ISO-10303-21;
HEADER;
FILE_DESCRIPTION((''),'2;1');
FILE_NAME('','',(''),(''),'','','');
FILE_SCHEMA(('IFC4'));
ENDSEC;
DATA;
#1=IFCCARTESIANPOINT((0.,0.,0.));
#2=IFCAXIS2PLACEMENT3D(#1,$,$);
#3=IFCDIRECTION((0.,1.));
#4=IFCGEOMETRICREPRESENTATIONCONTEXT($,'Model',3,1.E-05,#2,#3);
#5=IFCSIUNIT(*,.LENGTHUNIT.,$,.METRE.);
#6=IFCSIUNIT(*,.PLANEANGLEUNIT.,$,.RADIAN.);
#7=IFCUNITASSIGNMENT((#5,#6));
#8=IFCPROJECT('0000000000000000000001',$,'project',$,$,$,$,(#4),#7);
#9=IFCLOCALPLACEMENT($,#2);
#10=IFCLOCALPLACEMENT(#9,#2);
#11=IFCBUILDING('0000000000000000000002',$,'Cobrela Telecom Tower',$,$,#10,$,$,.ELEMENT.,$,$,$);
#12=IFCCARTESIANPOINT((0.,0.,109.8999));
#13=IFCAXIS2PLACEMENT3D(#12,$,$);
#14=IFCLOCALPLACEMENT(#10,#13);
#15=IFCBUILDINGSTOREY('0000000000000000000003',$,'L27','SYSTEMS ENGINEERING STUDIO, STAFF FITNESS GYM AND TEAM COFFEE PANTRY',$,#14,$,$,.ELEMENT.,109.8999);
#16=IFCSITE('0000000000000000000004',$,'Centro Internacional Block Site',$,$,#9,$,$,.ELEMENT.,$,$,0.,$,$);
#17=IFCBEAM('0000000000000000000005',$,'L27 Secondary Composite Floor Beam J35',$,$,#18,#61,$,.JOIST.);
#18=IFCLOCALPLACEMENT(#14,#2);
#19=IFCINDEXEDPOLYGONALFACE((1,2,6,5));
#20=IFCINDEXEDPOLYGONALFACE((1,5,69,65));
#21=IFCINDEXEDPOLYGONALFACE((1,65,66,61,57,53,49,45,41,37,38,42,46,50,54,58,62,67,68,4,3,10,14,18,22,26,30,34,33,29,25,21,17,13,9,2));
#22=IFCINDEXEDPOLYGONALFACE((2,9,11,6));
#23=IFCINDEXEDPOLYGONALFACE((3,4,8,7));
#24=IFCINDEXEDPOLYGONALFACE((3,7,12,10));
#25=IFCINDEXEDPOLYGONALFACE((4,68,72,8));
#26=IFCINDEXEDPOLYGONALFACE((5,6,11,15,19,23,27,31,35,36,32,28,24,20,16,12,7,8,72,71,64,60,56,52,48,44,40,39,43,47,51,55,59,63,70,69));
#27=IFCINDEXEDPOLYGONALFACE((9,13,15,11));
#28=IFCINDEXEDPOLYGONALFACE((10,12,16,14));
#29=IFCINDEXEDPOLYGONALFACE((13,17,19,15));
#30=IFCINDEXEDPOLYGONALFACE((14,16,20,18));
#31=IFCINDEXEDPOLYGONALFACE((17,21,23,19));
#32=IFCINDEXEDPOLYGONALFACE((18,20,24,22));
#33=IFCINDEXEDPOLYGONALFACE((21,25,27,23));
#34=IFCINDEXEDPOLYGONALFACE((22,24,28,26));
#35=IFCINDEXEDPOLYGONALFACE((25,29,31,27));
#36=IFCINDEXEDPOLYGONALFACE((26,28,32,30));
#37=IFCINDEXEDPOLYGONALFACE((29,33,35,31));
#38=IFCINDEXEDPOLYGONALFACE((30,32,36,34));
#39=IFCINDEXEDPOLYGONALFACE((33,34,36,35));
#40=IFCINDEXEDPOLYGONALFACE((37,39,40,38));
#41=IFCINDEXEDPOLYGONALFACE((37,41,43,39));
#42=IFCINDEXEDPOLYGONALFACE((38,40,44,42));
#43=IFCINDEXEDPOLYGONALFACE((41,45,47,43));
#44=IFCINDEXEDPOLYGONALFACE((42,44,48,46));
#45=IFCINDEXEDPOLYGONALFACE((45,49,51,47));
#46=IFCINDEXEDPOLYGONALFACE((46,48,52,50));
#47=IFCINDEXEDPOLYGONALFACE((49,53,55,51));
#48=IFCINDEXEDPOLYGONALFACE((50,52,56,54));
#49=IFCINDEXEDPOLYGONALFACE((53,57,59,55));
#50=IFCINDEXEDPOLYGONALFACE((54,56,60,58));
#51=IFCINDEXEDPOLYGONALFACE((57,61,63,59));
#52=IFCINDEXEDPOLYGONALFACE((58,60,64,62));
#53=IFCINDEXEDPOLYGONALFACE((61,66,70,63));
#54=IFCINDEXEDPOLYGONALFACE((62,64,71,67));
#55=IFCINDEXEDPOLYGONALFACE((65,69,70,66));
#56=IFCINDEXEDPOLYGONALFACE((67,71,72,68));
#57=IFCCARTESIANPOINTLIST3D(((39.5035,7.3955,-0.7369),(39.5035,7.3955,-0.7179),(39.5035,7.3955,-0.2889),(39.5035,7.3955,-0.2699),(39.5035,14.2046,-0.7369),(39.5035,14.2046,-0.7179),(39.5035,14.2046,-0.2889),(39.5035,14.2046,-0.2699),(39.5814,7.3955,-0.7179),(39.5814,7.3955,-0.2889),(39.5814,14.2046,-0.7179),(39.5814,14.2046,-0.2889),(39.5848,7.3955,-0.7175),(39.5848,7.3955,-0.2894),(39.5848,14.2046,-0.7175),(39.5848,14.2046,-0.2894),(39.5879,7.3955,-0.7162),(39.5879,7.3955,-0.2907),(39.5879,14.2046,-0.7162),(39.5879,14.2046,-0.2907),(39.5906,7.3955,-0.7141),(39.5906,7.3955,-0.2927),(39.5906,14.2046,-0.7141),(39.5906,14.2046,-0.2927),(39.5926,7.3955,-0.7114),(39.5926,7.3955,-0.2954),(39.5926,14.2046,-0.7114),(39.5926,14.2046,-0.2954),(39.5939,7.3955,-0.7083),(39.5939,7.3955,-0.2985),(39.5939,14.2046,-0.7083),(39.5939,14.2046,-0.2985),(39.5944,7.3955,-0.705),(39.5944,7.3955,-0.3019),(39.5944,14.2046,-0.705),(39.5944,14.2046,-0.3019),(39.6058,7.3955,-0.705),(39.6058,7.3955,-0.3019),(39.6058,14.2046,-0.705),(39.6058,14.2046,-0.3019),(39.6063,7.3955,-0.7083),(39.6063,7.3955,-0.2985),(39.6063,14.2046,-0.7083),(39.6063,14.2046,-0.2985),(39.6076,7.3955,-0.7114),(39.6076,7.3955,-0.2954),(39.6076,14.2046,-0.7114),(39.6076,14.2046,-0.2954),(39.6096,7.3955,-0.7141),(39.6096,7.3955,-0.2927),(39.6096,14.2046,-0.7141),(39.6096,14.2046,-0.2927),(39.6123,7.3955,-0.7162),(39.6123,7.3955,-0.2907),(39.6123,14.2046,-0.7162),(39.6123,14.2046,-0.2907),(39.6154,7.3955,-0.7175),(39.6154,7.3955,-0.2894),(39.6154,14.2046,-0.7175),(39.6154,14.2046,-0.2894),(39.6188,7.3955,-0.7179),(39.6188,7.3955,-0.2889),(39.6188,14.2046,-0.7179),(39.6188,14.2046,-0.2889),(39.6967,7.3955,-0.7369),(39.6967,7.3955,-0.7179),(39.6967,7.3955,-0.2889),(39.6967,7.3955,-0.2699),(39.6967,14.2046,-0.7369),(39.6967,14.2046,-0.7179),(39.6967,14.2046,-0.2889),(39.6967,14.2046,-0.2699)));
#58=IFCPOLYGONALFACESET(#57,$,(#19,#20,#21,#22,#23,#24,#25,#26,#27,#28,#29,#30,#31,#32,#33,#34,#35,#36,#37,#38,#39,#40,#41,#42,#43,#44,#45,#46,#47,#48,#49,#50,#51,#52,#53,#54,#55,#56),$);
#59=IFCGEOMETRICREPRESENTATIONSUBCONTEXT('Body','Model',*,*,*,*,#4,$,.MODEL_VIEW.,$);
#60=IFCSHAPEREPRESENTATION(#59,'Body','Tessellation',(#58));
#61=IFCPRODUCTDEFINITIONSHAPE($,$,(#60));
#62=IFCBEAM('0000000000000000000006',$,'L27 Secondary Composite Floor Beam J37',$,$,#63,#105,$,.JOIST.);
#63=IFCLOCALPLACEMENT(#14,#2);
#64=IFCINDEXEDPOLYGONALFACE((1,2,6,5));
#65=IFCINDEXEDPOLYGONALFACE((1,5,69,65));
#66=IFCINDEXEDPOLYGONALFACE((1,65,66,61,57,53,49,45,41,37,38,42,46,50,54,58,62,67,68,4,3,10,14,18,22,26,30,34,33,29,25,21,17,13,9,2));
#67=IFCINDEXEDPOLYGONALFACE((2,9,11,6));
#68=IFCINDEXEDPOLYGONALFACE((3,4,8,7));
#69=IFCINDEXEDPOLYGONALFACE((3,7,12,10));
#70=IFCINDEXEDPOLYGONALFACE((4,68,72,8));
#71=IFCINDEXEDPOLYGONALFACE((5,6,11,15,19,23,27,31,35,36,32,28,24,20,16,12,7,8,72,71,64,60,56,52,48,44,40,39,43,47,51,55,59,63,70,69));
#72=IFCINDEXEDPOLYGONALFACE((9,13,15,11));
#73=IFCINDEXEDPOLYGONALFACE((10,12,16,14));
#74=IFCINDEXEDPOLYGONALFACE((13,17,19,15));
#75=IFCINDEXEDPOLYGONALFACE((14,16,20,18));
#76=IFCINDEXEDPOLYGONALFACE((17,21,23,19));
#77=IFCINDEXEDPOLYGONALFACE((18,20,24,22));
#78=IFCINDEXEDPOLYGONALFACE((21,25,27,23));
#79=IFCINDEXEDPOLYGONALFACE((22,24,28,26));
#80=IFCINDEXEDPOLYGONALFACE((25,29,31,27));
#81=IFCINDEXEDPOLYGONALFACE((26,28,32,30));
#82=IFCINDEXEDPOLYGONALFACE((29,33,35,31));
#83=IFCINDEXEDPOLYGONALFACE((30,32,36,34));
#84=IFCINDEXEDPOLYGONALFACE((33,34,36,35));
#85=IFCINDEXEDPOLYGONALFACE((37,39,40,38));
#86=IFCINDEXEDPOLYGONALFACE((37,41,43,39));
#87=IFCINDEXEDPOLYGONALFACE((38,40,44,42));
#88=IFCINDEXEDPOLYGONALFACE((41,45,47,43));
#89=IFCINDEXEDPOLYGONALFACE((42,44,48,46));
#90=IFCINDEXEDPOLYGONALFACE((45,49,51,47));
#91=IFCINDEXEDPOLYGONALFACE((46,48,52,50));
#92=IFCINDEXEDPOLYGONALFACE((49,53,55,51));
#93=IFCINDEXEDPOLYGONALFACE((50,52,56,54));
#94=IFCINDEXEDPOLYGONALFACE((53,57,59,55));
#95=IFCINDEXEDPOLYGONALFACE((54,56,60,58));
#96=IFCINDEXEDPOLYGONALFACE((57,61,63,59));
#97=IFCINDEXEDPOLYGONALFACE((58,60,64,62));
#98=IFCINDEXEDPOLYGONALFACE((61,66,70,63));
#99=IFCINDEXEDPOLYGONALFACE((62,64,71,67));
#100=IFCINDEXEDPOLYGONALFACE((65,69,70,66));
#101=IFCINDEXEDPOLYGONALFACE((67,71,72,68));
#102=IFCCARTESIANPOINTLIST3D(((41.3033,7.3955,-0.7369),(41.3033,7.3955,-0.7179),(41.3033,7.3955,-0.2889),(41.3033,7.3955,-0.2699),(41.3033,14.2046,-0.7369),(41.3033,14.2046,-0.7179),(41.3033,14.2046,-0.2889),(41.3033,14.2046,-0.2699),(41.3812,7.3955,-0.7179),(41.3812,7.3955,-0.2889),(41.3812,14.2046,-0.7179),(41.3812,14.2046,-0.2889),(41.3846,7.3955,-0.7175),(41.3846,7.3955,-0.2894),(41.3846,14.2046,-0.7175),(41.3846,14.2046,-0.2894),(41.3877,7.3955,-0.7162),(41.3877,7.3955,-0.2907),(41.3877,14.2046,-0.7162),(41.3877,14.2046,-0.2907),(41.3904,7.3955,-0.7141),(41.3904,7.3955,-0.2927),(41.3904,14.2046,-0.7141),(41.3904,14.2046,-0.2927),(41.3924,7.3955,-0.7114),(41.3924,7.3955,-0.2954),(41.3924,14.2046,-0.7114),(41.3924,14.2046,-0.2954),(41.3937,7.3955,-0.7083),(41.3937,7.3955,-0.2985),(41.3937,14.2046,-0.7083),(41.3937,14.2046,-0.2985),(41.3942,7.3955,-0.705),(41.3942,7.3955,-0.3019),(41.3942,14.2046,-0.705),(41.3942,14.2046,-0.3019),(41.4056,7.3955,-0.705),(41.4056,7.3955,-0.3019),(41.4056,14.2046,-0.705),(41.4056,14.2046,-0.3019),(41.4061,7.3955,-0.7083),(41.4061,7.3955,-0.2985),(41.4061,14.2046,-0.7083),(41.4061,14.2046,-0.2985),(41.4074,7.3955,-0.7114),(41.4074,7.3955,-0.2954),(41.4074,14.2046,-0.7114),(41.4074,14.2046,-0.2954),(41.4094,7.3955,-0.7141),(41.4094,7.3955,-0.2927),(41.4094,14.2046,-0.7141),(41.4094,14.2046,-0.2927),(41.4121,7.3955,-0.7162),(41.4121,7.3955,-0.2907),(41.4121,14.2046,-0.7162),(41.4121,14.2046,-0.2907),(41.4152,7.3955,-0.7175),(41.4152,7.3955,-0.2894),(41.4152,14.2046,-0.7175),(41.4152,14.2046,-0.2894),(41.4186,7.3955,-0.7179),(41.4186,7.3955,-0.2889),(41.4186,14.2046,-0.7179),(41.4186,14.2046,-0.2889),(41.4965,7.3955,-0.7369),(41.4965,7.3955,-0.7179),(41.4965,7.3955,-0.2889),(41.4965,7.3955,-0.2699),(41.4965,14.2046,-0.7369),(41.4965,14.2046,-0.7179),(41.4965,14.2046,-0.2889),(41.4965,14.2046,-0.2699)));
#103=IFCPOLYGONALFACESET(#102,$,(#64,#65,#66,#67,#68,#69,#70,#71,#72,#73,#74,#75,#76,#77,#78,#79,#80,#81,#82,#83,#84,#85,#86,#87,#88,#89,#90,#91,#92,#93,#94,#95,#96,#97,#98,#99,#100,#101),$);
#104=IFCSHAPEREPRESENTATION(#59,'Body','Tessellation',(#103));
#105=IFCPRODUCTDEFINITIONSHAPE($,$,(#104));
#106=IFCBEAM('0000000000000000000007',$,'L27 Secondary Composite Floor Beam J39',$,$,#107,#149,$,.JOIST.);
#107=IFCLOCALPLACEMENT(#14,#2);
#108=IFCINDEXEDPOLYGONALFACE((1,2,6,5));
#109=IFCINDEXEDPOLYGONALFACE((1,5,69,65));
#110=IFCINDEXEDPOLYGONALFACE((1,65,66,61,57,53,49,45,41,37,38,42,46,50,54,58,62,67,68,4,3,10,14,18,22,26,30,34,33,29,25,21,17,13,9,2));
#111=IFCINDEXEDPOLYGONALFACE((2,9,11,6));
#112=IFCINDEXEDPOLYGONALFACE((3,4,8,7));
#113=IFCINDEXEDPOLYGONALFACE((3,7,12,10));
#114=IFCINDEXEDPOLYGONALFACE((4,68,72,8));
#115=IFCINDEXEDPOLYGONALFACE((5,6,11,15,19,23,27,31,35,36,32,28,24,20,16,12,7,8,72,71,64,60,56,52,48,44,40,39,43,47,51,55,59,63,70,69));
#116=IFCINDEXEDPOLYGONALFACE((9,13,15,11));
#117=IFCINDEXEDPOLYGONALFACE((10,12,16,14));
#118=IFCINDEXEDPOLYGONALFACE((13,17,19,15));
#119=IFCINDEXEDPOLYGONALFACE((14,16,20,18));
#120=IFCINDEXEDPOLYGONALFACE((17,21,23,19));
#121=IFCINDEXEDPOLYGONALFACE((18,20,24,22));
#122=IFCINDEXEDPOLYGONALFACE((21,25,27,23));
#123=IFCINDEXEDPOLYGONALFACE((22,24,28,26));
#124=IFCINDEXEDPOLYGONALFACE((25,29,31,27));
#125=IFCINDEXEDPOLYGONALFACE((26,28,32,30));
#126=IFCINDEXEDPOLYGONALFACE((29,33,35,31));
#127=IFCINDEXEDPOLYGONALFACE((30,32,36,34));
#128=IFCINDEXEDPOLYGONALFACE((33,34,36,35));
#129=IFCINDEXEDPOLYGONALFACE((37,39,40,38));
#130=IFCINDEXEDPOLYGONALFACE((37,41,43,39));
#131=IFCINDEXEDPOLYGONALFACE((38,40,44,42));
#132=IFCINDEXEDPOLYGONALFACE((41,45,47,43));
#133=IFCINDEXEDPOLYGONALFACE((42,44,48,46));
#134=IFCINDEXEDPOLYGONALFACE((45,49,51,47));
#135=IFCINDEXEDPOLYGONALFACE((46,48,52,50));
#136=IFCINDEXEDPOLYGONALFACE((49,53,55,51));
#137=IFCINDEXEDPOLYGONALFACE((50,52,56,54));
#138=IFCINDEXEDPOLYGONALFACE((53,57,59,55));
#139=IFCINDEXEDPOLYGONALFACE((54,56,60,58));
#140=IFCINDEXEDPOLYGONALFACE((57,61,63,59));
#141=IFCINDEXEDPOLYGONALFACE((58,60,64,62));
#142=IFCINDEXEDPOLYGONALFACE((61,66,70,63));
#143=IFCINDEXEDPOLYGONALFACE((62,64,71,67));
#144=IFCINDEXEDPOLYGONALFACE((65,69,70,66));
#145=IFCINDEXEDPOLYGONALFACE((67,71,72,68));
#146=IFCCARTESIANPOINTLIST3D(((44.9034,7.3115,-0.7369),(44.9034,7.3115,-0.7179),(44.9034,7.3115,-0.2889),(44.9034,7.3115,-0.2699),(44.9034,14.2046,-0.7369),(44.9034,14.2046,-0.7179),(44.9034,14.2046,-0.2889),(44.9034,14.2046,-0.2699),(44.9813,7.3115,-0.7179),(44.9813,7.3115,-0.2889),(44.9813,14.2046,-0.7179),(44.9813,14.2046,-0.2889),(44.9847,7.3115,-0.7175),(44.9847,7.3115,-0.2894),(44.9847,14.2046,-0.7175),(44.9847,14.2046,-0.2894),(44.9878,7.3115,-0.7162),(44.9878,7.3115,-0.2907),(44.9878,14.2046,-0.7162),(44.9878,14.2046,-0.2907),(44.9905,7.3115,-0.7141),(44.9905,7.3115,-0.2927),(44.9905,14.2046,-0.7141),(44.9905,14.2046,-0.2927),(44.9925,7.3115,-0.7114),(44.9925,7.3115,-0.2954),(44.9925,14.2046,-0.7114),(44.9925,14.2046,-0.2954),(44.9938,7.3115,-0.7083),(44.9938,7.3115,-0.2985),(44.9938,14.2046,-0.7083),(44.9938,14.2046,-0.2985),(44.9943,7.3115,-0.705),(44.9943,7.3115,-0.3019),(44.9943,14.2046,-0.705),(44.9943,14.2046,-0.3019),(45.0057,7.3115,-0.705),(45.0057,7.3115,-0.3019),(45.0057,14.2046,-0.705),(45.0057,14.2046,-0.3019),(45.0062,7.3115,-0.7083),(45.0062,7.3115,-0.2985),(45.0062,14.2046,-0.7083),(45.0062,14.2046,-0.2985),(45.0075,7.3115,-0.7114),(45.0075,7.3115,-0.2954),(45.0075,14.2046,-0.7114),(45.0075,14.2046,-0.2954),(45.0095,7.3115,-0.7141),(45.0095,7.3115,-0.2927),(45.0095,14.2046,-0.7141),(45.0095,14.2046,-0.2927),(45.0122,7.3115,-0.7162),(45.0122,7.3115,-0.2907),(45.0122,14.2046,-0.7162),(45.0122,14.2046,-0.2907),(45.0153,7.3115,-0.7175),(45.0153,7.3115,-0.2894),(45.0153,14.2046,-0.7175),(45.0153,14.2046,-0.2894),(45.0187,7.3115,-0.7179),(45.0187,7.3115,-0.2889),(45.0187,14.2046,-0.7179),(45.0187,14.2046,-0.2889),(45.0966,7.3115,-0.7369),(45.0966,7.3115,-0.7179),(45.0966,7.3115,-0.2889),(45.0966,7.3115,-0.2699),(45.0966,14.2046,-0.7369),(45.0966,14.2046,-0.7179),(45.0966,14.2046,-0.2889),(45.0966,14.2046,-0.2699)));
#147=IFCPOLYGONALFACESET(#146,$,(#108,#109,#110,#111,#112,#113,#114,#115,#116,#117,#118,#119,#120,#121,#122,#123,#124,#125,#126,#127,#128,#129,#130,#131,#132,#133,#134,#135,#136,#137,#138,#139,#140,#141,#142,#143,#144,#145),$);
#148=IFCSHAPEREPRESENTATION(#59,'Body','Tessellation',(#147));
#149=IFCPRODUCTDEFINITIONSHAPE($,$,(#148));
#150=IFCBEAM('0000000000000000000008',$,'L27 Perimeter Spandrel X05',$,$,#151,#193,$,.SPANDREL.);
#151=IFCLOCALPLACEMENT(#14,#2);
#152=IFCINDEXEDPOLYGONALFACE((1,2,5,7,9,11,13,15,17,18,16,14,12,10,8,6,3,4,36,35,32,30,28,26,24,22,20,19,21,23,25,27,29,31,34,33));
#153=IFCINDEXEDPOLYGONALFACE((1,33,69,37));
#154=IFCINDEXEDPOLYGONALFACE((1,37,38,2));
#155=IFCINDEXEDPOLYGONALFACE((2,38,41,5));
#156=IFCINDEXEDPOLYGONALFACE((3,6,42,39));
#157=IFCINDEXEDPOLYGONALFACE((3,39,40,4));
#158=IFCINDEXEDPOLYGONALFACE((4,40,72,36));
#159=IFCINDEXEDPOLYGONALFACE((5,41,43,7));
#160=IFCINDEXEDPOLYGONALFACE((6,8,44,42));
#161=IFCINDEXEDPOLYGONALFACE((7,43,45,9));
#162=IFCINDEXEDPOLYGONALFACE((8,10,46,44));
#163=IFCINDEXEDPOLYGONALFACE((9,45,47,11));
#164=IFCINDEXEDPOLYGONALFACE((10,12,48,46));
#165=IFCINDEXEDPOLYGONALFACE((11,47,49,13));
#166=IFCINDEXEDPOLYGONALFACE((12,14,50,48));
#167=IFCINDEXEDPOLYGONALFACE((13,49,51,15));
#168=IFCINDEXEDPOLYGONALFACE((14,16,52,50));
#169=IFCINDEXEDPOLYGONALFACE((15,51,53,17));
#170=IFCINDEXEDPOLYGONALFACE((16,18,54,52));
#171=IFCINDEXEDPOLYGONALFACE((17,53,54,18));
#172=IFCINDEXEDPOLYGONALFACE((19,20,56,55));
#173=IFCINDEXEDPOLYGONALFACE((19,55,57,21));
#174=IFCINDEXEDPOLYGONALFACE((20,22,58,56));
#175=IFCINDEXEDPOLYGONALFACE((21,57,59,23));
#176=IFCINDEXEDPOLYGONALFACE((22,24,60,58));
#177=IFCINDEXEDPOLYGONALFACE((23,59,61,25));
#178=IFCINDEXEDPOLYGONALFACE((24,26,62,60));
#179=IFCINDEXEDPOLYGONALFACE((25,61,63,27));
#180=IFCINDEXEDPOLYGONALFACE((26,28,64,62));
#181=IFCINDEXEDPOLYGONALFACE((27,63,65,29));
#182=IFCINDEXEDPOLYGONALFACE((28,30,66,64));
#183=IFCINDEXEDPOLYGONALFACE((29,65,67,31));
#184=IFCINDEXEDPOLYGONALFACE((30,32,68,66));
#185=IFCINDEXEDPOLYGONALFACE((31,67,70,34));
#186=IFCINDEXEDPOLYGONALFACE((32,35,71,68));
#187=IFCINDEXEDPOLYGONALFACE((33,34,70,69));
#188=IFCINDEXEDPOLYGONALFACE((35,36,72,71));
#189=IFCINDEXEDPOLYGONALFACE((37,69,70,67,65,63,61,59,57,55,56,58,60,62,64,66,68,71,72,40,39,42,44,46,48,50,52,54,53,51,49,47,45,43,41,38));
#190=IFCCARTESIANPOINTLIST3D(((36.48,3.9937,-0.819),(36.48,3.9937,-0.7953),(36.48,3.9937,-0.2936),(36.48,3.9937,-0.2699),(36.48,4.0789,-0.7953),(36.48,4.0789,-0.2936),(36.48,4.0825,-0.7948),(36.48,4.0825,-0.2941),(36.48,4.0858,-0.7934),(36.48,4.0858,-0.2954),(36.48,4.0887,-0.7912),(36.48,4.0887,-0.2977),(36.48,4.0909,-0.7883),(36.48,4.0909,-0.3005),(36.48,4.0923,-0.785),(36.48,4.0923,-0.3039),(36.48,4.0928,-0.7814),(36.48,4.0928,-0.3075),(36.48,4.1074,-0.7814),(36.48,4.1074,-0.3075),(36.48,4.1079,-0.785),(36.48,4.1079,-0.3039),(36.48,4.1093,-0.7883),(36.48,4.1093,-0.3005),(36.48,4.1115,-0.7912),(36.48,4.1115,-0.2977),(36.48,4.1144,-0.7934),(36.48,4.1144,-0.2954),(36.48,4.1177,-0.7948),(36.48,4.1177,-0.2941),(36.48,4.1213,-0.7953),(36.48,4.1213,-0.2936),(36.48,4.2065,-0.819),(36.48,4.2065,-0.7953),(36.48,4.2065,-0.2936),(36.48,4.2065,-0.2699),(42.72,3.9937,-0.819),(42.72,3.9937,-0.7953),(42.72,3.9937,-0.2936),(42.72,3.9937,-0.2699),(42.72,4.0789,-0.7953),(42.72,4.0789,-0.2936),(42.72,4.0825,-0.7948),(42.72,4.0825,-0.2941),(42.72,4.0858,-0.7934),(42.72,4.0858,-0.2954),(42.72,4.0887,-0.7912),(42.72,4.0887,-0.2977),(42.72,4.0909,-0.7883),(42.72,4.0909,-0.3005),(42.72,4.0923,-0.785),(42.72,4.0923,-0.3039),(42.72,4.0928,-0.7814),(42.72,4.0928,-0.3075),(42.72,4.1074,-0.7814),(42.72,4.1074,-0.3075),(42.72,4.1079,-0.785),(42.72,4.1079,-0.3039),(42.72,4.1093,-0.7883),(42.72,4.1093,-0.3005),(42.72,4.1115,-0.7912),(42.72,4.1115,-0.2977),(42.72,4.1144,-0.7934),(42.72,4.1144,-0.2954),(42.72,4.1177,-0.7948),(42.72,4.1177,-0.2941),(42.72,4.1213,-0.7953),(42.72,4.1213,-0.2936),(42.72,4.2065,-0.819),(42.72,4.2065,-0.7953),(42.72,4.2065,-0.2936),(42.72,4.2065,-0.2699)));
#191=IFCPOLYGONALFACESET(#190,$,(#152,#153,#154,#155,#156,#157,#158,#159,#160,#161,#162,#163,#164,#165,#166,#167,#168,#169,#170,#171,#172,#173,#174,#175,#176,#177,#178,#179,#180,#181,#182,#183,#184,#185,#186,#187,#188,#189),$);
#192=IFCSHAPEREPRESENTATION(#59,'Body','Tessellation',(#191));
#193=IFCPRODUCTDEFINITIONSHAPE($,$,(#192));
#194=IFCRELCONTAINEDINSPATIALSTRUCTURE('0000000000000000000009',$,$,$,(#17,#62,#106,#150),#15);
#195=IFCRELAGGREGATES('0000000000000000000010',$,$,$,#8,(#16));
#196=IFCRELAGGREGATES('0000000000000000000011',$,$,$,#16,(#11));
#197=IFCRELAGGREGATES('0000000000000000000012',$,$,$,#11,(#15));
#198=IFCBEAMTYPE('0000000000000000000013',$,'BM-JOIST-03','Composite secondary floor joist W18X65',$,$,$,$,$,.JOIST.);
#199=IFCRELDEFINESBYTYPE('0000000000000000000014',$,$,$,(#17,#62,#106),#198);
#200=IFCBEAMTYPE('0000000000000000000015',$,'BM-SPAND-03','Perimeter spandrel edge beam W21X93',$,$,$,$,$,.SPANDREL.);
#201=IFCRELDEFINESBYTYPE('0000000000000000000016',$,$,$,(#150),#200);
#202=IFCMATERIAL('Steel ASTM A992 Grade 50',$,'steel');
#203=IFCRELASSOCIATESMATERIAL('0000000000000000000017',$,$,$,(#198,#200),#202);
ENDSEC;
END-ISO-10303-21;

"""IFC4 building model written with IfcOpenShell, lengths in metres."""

from ifc_helpers import new_model, si_unit, direction, frame, origin, origin_2d, place, context, subcontext, project, spatial, i_section, extrude, material, material_profile, profile_set, type_object, element, save


model = new_model("IFC4")

# Units and contexts
model_context = context("Model", 3, precision=1e-05, world=origin(), true_north=direction((0.0, 1.0)))
body_context = subcontext(model_context, "Body", "Model", "MODEL_VIEW")
ifc_project = project(units=[si_unit("LENGTHUNIT", "METRE"), si_unit("PLANEANGLEUNIT", "RADIAN")], contexts=[model_context])

# Site, building, storey
site_placement = place(None, origin())
site = spatial("IfcSite", under=ifc_project, at=site_placement, Name="Centro Internacional Block Site", CompositionType="ELEMENT", RefElevation=0.0)
building_placement = place(site_placement, origin())
building = spatial("IfcBuilding", under=site, at=building_placement, Name="Cobrela Telecom Tower", CompositionType="ELEMENT")
storey_placement = place(building_placement, frame((0.0, 0.0, 109.8999)))
storey = spatial("IfcBuildingStorey", under=building, at=storey_placement, Name="L27", Description="SYSTEMS ENGINEERING STUDIO, STAFF FITNESS GYM AND TEAM COFFEE PANTRY", CompositionType="ELEMENT", Elevation=109.8999)

# Shared definitions
ifc_material_1 = material(Name="Steel ASTM A992 Grade 50", Category="steel")

# Beams
ifc_material_profile_1 = material_profile(ifc_material_1, i_section(OverallWidth=0.1931, OverallDepth=0.467, WebThickness=0.0115, FlangeThickness=0.019, FilletRadius=0.0129, at=origin_2d()), Name="W18X65")
ifc_profile_set_1 = profile_set([ifc_material_profile_1], Name="Steel ASTM A992 Grade 50")
beam_type_1 = type_object("IfcBeamType", Name="BM-JOIST-03", Description="Composite secondary floor joist W18X65", PredefinedType="JOIST", material=ifc_profile_set_1)
for number, where, z_axis, x_axis, name in (
    (1, (39.6001, 7.3955, -0.5034), (0.0, 1.0, 0.0), (-1.0, 0.0, 0.0), "L27 Secondary Composite Floor Beam J35"),
    (2, (41.3999, 7.3955, -0.5034), (0.0, 1.0, 0.0), (-1.0, 0.0, 0.0), "L27 Secondary Composite Floor Beam J37"),
):
    element("IfcBeam", number, at=place(storey_placement, frame(where, z_axis=z_axis, x_axis=x_axis)), inside=storey, type_object=beam_type_1, Name=name, PredefinedType="JOIST", context=body_context, shape_type="SweptSolid", body=[
        extrude(i_section(OverallWidth=0.1931, OverallDepth=0.467, WebThickness=0.0115, FlangeThickness=0.019, FilletRadius=0.0129, at=origin_2d()), origin(), (0.0, 0.0, 1.0), 6.8091),
    ])
beam_1_placement = place(storey_placement, frame((45.0, 7.3115, -0.5034), z_axis=(0.0, 1.0, 0.0), x_axis=(-1.0, 0.0, 0.0)))
element("IfcBeam", 3, at=beam_1_placement, inside=storey, type_object=beam_type_1, Name="L27 Secondary Composite Floor Beam J39", PredefinedType="JOIST", context=body_context, shape_type="SweptSolid", body=[
    extrude(i_section(OverallWidth=0.1931, OverallDepth=0.467, WebThickness=0.0115, FlangeThickness=0.019, FilletRadius=0.0129, at=origin_2d()), origin(), (0.0, 0.0, 1.0), 6.8931),
])
ifc_material_profile_2 = material_profile(ifc_material_1, i_section(OverallWidth=0.2129, OverallDepth=0.5491, WebThickness=0.0146, FlangeThickness=0.0237, FilletRadius=0.0139, at=origin_2d()), Name="W21X93")
ifc_profile_set_2 = profile_set([ifc_material_profile_2], Name="Steel ASTM A992 Grade 50")
beam_type_2 = type_object("IfcBeamType", Name="BM-SPAND-03", Description="Perimeter spandrel edge beam W21X93", PredefinedType="SPANDREL", material=ifc_profile_set_2)
beam_2_placement = place(storey_placement, frame((36.48, 4.1001, -0.5444), z_axis=(1.0, 0.0, 0.0), x_axis=(0.0, 1.0, 0.0)))
element("IfcBeam", 4, at=beam_2_placement, inside=storey, type_object=beam_type_2, Name="L27 Perimeter Spandrel X05", PredefinedType="SPANDREL", context=body_context, shape_type="SweptSolid", body=[
    extrude(i_section(OverallWidth=0.2129, OverallDepth=0.5491, WebThickness=0.0146, FlangeThickness=0.0237, FilletRadius=0.0139, at=origin_2d()), origin(), (0.0, 0.0, 1.0), 6.24),
])

save(model, "model.ifc")
